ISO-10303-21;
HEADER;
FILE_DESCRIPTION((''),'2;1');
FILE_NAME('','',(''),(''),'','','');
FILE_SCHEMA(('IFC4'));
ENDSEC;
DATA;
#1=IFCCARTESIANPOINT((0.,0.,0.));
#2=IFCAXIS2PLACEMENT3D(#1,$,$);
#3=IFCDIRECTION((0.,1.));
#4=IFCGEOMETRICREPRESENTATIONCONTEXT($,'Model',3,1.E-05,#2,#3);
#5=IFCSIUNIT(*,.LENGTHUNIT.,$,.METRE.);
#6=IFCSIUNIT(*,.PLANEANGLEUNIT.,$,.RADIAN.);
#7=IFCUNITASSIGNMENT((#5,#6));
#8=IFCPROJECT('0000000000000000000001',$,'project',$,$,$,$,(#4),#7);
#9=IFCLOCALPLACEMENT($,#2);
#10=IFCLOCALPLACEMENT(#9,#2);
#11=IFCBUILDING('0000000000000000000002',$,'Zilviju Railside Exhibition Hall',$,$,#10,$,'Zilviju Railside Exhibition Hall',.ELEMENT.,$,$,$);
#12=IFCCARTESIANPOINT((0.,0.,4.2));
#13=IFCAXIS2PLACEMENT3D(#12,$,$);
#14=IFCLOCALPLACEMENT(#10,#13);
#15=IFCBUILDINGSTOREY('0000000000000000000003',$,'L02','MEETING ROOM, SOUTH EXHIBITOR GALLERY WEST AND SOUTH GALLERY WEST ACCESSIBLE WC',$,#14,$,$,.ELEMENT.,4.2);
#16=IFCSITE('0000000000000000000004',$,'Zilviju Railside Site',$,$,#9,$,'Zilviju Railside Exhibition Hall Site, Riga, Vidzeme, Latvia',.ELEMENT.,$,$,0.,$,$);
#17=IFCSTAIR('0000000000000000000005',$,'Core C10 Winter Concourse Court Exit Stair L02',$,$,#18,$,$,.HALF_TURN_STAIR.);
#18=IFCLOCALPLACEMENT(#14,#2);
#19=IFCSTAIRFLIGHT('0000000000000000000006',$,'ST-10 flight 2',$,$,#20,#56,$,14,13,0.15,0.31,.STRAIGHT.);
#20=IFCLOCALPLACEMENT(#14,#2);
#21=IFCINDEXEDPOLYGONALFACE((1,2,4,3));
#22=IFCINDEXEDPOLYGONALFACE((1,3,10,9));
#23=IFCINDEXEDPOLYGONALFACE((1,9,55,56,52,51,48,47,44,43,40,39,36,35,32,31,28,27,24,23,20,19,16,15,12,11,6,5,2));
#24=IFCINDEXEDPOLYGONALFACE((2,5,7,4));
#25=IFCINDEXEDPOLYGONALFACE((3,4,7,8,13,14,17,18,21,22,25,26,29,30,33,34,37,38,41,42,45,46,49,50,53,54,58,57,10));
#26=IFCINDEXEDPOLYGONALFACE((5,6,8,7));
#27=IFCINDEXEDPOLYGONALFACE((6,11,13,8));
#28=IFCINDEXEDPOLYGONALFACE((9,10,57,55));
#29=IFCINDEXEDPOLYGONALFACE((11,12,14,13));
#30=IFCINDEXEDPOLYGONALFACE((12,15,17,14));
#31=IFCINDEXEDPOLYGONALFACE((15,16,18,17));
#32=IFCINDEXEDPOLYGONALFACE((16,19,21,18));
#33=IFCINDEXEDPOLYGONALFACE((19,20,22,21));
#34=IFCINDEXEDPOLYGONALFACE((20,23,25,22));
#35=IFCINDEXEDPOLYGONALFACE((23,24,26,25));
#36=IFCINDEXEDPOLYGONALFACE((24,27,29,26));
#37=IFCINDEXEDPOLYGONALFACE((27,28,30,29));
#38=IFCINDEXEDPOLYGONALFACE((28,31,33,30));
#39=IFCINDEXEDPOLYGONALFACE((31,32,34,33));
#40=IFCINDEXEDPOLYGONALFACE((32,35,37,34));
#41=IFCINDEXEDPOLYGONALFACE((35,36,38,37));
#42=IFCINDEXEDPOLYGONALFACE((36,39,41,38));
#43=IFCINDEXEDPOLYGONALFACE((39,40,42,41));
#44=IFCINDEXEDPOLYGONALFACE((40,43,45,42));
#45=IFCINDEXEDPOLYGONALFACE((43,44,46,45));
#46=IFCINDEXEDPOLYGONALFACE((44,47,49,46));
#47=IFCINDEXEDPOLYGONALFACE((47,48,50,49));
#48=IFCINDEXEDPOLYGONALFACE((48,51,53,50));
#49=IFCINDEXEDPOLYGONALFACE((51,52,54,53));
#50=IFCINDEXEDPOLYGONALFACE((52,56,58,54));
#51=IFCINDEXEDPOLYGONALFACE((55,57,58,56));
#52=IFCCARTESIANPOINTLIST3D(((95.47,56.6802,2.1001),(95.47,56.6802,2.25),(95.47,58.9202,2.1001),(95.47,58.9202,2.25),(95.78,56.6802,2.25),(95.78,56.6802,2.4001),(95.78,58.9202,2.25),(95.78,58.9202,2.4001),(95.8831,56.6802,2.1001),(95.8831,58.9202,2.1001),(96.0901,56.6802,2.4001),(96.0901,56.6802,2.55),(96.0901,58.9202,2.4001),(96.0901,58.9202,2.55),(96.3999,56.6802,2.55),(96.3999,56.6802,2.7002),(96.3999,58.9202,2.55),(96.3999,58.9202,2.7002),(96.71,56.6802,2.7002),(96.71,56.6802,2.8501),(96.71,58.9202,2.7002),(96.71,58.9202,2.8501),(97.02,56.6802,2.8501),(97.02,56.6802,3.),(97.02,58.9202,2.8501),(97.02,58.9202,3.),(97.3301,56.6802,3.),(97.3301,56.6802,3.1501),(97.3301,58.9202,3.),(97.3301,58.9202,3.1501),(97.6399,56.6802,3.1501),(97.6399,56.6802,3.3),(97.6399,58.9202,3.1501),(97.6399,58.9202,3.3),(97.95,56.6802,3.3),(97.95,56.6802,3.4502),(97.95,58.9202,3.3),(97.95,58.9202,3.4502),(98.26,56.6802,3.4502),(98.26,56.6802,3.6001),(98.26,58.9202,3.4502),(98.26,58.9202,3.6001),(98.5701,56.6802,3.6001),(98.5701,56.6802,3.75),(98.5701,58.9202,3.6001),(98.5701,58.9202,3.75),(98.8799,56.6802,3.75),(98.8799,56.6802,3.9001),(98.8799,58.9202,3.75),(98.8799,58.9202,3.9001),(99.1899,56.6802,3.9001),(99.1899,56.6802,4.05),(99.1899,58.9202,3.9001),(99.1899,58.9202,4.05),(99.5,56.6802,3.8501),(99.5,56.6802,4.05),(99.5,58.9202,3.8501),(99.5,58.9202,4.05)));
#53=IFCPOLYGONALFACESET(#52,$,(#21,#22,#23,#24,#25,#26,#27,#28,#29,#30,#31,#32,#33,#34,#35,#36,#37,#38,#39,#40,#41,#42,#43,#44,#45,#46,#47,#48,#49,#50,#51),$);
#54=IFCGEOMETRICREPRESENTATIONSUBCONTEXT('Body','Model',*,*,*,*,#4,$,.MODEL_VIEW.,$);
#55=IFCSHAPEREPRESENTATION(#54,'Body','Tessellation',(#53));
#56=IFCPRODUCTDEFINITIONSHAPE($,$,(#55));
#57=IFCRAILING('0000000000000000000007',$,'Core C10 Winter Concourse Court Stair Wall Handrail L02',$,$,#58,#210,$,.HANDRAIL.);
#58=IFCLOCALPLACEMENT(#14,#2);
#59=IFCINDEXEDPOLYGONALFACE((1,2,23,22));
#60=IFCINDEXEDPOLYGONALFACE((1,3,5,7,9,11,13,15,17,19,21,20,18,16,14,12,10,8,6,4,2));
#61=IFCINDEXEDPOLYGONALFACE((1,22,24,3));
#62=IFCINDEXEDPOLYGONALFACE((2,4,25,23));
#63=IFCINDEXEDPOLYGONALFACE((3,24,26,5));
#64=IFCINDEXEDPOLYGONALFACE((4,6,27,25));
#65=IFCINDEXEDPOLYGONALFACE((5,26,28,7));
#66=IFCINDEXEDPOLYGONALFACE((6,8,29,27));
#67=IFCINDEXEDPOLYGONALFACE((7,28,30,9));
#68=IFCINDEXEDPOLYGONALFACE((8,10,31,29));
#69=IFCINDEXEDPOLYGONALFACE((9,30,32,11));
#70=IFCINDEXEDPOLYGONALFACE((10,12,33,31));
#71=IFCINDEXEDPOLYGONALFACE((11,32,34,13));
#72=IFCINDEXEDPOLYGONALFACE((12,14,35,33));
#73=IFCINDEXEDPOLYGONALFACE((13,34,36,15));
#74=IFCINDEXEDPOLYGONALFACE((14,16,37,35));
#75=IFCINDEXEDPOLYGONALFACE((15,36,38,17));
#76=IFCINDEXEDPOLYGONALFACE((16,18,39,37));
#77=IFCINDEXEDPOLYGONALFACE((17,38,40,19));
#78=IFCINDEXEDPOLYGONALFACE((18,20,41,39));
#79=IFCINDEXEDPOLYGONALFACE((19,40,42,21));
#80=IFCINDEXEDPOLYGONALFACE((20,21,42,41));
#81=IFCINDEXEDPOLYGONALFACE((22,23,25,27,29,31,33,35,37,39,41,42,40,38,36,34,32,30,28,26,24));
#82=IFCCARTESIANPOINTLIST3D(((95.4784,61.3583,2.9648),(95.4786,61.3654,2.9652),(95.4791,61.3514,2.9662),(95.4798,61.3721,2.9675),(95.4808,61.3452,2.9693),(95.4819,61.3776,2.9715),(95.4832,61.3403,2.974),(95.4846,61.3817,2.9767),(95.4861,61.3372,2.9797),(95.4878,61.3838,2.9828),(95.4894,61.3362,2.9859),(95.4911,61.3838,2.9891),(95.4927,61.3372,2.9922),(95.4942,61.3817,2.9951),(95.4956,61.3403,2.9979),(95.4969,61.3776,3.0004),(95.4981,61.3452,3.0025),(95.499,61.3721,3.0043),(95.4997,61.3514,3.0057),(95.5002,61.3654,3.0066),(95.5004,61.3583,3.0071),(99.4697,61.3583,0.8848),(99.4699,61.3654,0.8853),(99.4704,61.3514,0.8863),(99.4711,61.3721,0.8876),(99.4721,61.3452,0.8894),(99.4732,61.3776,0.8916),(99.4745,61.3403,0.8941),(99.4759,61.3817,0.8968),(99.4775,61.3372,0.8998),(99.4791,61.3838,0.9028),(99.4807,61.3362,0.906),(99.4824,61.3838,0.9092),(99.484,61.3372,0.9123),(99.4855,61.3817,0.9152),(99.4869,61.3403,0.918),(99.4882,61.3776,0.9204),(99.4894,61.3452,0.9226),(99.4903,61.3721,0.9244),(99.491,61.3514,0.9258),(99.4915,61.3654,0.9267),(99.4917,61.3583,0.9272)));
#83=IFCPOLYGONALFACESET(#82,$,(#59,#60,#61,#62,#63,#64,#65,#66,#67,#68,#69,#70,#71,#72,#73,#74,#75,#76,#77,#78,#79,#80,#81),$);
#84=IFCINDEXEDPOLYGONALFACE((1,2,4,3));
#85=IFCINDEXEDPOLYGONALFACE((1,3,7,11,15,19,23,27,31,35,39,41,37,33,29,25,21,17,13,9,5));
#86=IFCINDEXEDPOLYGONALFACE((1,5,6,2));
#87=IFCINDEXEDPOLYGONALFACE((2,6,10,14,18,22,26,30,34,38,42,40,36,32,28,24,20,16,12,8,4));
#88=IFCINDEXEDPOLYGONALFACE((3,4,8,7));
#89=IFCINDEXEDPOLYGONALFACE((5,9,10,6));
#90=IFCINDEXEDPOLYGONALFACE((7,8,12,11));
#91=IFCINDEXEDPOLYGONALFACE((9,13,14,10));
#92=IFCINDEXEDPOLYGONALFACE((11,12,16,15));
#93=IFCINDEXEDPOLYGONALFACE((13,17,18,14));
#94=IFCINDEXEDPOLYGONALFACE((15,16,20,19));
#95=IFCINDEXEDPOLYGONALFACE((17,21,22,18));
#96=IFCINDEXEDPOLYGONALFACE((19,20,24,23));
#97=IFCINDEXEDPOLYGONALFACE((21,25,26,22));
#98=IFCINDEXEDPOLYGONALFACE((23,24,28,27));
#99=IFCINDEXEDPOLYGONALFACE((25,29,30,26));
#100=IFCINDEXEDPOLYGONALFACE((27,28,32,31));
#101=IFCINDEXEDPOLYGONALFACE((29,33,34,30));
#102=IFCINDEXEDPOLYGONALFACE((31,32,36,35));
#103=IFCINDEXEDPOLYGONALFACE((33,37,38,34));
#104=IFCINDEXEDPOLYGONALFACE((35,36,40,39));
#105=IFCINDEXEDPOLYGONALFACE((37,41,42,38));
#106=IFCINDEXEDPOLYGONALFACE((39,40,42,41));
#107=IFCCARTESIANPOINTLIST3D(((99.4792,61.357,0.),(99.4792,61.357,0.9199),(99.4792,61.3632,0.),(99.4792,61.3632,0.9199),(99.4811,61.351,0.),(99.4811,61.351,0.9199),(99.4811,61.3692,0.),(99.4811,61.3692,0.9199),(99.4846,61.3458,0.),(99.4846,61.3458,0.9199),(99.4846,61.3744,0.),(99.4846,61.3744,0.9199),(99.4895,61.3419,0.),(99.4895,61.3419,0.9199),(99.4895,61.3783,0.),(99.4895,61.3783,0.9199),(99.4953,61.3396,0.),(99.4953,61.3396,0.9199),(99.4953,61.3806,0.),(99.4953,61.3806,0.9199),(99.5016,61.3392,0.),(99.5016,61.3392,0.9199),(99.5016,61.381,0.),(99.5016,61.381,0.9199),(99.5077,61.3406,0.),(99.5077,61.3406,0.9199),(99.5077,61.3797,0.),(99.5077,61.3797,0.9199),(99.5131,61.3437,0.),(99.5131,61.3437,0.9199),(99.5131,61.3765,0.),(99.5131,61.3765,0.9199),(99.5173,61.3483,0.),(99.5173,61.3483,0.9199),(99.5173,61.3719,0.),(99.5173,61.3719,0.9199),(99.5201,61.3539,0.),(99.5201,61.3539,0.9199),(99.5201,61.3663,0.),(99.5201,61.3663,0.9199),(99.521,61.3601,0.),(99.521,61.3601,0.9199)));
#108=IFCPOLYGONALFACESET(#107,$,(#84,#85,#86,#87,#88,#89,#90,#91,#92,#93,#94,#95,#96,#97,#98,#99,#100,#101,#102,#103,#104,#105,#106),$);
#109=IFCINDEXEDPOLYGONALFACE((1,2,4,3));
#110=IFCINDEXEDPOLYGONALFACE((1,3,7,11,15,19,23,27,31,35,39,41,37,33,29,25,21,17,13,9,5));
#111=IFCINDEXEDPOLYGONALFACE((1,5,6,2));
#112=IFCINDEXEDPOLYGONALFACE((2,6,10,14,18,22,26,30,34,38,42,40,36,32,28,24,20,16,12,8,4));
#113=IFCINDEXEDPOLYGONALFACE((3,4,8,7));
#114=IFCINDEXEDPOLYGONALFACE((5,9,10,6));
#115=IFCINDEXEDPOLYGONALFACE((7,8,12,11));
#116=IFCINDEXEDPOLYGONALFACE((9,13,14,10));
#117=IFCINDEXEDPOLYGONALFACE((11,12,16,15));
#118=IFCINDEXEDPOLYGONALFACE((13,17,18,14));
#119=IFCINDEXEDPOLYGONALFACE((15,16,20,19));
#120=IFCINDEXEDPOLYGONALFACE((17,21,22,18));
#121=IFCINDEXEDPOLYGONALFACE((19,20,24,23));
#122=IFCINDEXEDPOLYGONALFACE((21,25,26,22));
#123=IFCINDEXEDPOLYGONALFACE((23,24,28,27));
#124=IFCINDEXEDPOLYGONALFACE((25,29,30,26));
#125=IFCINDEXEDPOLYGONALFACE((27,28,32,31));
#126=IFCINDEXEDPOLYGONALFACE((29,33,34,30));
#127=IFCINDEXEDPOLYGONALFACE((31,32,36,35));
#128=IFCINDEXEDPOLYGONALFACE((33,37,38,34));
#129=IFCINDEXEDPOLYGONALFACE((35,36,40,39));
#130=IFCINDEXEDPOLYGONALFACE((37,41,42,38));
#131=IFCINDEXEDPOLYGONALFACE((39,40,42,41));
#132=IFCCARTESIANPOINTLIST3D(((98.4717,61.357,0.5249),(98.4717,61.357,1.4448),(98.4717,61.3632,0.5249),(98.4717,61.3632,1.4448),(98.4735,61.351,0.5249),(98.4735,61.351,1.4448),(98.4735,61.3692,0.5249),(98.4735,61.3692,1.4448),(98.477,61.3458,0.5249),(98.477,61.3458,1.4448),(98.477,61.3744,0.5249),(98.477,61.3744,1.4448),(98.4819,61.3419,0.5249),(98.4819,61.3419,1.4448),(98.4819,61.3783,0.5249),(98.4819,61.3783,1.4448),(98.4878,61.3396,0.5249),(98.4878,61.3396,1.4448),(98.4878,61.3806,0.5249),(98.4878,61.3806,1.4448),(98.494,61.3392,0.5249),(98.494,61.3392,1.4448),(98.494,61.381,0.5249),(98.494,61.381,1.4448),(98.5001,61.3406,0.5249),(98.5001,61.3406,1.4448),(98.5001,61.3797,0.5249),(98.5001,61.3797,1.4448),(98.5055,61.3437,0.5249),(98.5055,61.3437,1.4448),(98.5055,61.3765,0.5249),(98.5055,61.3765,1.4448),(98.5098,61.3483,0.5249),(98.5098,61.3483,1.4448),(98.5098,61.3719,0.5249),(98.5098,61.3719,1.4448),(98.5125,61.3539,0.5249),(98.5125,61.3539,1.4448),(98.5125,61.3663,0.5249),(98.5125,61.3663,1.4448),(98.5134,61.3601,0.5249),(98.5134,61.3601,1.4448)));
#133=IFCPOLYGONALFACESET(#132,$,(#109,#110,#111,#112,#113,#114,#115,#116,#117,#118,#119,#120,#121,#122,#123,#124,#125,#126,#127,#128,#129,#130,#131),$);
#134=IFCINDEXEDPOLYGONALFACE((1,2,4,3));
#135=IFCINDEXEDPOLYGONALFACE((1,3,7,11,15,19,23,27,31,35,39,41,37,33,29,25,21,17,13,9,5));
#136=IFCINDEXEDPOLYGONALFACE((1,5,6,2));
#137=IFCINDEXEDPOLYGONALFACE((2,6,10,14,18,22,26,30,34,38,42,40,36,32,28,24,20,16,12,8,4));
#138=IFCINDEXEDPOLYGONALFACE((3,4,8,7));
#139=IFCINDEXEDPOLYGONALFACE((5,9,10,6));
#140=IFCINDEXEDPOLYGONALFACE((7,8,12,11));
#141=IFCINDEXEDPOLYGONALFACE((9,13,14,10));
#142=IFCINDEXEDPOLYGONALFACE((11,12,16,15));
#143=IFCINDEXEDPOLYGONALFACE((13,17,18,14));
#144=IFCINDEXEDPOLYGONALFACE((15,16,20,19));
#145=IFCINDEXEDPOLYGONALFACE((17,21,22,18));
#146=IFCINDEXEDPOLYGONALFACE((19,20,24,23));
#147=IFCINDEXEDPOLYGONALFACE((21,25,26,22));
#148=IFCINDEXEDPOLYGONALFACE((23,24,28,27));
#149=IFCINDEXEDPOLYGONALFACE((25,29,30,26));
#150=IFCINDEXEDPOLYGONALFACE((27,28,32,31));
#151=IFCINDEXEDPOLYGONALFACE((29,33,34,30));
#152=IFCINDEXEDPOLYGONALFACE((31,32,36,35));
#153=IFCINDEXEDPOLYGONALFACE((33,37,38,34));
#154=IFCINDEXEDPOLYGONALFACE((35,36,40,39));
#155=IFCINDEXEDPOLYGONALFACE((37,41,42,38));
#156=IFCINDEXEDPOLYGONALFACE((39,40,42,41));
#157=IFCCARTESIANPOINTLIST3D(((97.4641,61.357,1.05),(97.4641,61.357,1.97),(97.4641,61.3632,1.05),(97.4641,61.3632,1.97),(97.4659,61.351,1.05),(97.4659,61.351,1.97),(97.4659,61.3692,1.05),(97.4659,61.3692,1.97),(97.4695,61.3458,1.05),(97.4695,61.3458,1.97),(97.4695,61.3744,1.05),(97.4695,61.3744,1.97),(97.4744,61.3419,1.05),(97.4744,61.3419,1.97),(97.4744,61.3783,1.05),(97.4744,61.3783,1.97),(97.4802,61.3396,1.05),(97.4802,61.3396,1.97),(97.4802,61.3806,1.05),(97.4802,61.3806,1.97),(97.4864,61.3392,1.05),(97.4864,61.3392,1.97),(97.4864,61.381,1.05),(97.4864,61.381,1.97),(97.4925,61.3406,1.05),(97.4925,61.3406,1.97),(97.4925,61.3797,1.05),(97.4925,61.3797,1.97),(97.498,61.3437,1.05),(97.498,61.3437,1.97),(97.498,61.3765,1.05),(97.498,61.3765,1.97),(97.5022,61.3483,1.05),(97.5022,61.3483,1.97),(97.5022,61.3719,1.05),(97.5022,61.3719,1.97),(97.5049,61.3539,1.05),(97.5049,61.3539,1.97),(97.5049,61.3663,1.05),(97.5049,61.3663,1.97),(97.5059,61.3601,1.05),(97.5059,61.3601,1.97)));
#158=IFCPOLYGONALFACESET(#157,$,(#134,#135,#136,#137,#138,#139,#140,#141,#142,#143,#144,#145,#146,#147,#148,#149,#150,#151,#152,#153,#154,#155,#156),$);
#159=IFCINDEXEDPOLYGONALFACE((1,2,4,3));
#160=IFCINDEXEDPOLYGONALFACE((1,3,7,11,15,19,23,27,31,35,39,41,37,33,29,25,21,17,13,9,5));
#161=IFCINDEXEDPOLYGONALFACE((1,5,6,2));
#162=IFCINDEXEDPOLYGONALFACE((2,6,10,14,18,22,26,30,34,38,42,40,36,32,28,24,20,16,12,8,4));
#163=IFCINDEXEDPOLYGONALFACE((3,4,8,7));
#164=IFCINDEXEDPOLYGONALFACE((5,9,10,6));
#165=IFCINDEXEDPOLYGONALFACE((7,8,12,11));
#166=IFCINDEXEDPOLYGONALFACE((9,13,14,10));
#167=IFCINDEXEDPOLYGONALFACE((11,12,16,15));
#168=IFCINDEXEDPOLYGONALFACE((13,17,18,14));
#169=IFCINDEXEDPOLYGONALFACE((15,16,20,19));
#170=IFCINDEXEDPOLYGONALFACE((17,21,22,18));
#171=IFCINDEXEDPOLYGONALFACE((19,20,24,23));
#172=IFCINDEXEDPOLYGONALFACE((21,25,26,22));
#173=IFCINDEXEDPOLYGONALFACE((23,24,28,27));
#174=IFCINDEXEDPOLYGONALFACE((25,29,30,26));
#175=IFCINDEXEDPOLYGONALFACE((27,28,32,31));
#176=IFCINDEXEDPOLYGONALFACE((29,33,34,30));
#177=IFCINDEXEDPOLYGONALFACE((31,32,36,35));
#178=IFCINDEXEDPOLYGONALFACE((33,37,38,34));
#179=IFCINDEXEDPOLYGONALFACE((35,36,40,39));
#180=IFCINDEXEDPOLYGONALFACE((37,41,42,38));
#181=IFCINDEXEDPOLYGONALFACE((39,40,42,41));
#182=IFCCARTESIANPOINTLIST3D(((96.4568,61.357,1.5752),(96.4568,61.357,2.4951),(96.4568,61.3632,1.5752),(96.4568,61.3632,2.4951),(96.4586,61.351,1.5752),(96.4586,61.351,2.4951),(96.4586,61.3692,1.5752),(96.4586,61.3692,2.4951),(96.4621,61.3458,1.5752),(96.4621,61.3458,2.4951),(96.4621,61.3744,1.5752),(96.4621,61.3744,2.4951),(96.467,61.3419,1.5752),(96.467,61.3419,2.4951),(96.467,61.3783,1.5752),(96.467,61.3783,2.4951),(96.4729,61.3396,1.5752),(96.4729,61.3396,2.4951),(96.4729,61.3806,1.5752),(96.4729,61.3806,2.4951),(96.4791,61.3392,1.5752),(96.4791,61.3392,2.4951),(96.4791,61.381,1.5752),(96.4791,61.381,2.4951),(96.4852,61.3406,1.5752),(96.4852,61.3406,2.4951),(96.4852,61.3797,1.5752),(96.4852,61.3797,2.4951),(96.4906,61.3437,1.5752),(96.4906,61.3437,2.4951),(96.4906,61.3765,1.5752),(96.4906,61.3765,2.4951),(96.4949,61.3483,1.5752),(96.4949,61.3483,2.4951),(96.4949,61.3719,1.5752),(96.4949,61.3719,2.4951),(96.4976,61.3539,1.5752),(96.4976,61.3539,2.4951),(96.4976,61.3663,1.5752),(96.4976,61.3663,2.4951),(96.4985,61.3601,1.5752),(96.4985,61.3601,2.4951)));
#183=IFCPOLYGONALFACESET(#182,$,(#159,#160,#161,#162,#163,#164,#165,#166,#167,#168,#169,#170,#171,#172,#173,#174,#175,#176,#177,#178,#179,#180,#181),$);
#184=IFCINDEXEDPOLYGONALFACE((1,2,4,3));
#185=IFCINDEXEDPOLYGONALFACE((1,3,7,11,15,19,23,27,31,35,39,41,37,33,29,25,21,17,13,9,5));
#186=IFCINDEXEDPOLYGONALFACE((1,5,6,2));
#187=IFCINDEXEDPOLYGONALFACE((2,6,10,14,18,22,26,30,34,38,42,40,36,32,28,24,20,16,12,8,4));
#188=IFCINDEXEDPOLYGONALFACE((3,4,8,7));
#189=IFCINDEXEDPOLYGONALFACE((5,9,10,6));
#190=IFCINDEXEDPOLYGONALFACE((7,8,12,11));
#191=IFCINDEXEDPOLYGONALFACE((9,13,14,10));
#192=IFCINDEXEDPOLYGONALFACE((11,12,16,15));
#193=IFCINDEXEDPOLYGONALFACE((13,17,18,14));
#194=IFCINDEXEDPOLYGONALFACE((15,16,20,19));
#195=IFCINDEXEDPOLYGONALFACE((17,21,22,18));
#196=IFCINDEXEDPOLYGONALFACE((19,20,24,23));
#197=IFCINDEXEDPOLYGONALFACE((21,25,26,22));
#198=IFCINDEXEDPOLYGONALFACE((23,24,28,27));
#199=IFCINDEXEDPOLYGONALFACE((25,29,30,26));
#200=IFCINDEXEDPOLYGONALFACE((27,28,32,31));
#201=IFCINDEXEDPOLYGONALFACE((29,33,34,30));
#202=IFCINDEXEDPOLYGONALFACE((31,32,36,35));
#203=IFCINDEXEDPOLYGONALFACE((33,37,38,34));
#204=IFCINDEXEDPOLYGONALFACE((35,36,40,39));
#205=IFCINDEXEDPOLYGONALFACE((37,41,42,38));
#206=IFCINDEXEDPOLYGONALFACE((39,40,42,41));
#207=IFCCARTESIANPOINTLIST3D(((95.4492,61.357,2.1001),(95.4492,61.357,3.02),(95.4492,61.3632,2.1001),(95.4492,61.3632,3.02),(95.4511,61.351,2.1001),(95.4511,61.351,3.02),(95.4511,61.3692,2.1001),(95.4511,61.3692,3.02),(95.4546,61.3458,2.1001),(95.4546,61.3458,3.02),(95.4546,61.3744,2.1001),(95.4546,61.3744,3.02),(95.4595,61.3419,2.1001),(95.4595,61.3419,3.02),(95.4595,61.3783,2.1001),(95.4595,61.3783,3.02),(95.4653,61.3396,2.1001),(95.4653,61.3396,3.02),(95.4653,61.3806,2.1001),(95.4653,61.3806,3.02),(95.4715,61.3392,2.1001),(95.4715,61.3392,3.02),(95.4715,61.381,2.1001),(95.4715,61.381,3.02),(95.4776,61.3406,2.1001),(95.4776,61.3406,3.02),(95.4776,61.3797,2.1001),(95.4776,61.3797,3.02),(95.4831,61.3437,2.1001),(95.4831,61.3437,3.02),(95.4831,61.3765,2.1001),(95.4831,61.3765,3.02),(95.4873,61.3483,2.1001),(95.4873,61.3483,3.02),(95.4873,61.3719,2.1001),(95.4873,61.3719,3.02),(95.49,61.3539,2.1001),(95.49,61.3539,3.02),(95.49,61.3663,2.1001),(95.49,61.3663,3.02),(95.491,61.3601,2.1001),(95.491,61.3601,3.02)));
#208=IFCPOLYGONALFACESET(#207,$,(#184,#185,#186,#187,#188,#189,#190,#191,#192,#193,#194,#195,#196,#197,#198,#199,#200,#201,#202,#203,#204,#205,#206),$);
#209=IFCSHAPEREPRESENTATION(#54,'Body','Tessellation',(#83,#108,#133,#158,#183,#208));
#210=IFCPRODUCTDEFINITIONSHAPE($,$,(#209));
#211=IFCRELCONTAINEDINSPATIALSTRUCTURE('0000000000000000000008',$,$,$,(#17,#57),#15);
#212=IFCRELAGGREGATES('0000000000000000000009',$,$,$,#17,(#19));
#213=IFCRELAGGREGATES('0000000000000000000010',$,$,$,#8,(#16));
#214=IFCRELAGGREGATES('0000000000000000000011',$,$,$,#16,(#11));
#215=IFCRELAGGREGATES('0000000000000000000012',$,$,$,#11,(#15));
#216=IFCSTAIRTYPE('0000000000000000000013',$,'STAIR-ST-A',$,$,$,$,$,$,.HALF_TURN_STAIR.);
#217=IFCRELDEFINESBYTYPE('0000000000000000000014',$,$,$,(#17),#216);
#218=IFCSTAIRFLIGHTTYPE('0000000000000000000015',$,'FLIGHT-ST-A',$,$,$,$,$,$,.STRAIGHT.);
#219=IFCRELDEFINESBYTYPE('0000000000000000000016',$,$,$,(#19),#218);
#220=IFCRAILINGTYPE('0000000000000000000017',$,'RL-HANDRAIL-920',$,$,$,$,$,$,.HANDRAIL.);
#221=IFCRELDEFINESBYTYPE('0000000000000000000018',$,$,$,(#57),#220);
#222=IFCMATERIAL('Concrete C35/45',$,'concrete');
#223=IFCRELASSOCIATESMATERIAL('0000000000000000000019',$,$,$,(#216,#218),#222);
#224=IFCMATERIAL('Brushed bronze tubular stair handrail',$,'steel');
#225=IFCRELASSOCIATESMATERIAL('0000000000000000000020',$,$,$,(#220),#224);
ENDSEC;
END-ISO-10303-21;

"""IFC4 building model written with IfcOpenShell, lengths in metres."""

from ifc_helpers import new_model, si_unit, direction, frame, origin, origin_2d, place, context, subcontext, project, spatial, polyline, circle, outline, extrude, material, type_object, element, aggregate, save


model = new_model("IFC4")

# Units and contexts
model_context = context("Model", 3, precision=1e-05, world=origin(), true_north=direction((0.0, 1.0)))
body_context = subcontext(model_context, "Body", "Model", "MODEL_VIEW")
ifc_project = project(units=[si_unit("LENGTHUNIT", "METRE"), si_unit("PLANEANGLEUNIT", "RADIAN")], contexts=[model_context])

# Site, building, storey
site_placement = place(None, origin())
site = spatial("IfcSite", under=ifc_project, at=site_placement, Name="Zilviju Railside Site", LongName="Zilviju Railside Exhibition Hall Site, Riga, Vidzeme, Latvia", CompositionType="ELEMENT", RefElevation=0.0)
building_placement = place(site_placement, origin())
building = spatial("IfcBuilding", under=site, at=building_placement, Name="Zilviju Railside Exhibition Hall", LongName="Zilviju Railside Exhibition Hall", CompositionType="ELEMENT")
storey_placement = place(building_placement, frame((0.0, 0.0, 4.2)))
storey = spatial("IfcBuildingStorey", under=building, at=storey_placement, Name="L02", Description="MEETING ROOM, SOUTH EXHIBITOR GALLERY WEST AND SOUTH GALLERY WEST ACCESSIBLE WC", CompositionType="ELEMENT", Elevation=4.2)

# Shared definitions
ifc_material_1 = material(Name="Concrete C35/45", Category="concrete")

# Stair, stair flight
stair_type = type_object("IfcStairType", Name="STAIR-ST-A", PredefinedType="HALF_TURN_STAIR", material=ifc_material_1)
stair_placement = place(storey_placement, origin())
stair = element("IfcStair", 1, at=stair_placement, inside=storey, type_object=stair_type, Name="Core C10 Winter Concourse Court Exit Stair L02", PredefinedType="HALF_TURN_STAIR")
stair_flight_type = type_object("IfcStairFlightType", Name="FLIGHT-ST-A", PredefinedType="STRAIGHT", material=ifc_material_1)
stair_flight_1_placement = place(storey_placement, frame((95.47, 57.8, 2.1001), z_axis=(0.0, 0.0, 1.0), x_axis=(1.0, 0.0, 0.0)))
stair_flight_1 = element("IfcStairFlight", 2, at=stair_flight_1_placement, type_object=stair_flight_type, Name="ST-10 flight 2", NumberOfRisers=14, NumberOfTreads=13, PredefinedType="STRAIGHT", RiserHeight=0.15, TreadLength=0.31, context=body_context, shape_type="SweptSolid", body=[
    extrude(outline(polyline([(0.0, 0.0), (0.0, 0.1499), (0.3101, 0.1499), (0.3101, 0.3), (0.6201, 0.3), (0.6201, 0.45), (0.9299, 0.45), (0.9299, 0.6001), (1.24, 0.6001), (1.24, 0.75), (1.55, 0.75), (1.55, 0.8999), (1.8601, 0.8999), (1.8601, 1.05), (2.1699, 1.05), (2.1699, 1.2), (2.48, 1.2), (2.48, 1.3501), (2.79, 1.3501), (2.79, 1.5), (3.1001, 1.5), (3.1001, 1.6499), (3.4099, 1.6499), (3.4099, 1.8), (3.72, 1.8), (3.72, 1.95), (4.03, 1.95), (4.03, 2.1001), (4.03, 1.75), (0.4131, 0.0), (0.0, 0.0)])), frame((0.0, 1.1201, 0.0), z_axis=(0.0, -1.0, 0.0), x_axis=(1.0, 0.0, 0.0)), (0.0, 0.0, 1.0), 2.24),
])
aggregate(stair, [stair_flight_1])

# Railing
ifc_material_2 = material(Name="Brushed bronze tubular stair handrail", Category="steel")
railing_type_1 = type_object("IfcRailingType", Name="RL-HANDRAIL-920", PredefinedType="HANDRAIL", material=ifc_material_2)
railing_1_placement = place(storey_placement, frame((99.5, 61.3601, 0.0)))
element("IfcRailing", 3, at=railing_1_placement, inside=storey, type_object=railing_type_1, Name="Core C10 Winter Concourse Court Stair Wall Handrail L02", PredefinedType="HANDRAIL", context=body_context, shape_type="SweptSolid", body=[
    extrude(circle(Radius=0.0239, at=origin_2d()), frame((-0.0193, 0.0, 0.906), z_axis=(-0.886813, 0.0, 0.462129), x_axis=(0.0, -1.0, 0.0)), (0.0, 0.0, 1.0), 4.5007),
    extrude(circle(Radius=0.021, at=origin_2d()), origin(), (0.0, 0.0, 1.0), 0.9199),
    extrude(circle(Radius=0.021, at=origin_2d()), frame((-1.0076, 0.0, 0.5249)), (0.0, 0.0, 1.0), 0.9199),
    extrude(circle(Radius=0.021, at=origin_2d()), frame((-2.0151, 0.0, 1.05)), (0.0, 0.0, 1.0), 0.9199),
    extrude(circle(Radius=0.021, at=origin_2d()), frame((-3.0225, 0.0, 1.5752)), (0.0, 0.0, 1.0), 0.9199),
    extrude(circle(Radius=0.021, at=origin_2d()), frame((-4.03, 0.0, 2.1001)), (0.0, 0.0, 1.0), 0.9199),
])

save(model, "model.ifc")
